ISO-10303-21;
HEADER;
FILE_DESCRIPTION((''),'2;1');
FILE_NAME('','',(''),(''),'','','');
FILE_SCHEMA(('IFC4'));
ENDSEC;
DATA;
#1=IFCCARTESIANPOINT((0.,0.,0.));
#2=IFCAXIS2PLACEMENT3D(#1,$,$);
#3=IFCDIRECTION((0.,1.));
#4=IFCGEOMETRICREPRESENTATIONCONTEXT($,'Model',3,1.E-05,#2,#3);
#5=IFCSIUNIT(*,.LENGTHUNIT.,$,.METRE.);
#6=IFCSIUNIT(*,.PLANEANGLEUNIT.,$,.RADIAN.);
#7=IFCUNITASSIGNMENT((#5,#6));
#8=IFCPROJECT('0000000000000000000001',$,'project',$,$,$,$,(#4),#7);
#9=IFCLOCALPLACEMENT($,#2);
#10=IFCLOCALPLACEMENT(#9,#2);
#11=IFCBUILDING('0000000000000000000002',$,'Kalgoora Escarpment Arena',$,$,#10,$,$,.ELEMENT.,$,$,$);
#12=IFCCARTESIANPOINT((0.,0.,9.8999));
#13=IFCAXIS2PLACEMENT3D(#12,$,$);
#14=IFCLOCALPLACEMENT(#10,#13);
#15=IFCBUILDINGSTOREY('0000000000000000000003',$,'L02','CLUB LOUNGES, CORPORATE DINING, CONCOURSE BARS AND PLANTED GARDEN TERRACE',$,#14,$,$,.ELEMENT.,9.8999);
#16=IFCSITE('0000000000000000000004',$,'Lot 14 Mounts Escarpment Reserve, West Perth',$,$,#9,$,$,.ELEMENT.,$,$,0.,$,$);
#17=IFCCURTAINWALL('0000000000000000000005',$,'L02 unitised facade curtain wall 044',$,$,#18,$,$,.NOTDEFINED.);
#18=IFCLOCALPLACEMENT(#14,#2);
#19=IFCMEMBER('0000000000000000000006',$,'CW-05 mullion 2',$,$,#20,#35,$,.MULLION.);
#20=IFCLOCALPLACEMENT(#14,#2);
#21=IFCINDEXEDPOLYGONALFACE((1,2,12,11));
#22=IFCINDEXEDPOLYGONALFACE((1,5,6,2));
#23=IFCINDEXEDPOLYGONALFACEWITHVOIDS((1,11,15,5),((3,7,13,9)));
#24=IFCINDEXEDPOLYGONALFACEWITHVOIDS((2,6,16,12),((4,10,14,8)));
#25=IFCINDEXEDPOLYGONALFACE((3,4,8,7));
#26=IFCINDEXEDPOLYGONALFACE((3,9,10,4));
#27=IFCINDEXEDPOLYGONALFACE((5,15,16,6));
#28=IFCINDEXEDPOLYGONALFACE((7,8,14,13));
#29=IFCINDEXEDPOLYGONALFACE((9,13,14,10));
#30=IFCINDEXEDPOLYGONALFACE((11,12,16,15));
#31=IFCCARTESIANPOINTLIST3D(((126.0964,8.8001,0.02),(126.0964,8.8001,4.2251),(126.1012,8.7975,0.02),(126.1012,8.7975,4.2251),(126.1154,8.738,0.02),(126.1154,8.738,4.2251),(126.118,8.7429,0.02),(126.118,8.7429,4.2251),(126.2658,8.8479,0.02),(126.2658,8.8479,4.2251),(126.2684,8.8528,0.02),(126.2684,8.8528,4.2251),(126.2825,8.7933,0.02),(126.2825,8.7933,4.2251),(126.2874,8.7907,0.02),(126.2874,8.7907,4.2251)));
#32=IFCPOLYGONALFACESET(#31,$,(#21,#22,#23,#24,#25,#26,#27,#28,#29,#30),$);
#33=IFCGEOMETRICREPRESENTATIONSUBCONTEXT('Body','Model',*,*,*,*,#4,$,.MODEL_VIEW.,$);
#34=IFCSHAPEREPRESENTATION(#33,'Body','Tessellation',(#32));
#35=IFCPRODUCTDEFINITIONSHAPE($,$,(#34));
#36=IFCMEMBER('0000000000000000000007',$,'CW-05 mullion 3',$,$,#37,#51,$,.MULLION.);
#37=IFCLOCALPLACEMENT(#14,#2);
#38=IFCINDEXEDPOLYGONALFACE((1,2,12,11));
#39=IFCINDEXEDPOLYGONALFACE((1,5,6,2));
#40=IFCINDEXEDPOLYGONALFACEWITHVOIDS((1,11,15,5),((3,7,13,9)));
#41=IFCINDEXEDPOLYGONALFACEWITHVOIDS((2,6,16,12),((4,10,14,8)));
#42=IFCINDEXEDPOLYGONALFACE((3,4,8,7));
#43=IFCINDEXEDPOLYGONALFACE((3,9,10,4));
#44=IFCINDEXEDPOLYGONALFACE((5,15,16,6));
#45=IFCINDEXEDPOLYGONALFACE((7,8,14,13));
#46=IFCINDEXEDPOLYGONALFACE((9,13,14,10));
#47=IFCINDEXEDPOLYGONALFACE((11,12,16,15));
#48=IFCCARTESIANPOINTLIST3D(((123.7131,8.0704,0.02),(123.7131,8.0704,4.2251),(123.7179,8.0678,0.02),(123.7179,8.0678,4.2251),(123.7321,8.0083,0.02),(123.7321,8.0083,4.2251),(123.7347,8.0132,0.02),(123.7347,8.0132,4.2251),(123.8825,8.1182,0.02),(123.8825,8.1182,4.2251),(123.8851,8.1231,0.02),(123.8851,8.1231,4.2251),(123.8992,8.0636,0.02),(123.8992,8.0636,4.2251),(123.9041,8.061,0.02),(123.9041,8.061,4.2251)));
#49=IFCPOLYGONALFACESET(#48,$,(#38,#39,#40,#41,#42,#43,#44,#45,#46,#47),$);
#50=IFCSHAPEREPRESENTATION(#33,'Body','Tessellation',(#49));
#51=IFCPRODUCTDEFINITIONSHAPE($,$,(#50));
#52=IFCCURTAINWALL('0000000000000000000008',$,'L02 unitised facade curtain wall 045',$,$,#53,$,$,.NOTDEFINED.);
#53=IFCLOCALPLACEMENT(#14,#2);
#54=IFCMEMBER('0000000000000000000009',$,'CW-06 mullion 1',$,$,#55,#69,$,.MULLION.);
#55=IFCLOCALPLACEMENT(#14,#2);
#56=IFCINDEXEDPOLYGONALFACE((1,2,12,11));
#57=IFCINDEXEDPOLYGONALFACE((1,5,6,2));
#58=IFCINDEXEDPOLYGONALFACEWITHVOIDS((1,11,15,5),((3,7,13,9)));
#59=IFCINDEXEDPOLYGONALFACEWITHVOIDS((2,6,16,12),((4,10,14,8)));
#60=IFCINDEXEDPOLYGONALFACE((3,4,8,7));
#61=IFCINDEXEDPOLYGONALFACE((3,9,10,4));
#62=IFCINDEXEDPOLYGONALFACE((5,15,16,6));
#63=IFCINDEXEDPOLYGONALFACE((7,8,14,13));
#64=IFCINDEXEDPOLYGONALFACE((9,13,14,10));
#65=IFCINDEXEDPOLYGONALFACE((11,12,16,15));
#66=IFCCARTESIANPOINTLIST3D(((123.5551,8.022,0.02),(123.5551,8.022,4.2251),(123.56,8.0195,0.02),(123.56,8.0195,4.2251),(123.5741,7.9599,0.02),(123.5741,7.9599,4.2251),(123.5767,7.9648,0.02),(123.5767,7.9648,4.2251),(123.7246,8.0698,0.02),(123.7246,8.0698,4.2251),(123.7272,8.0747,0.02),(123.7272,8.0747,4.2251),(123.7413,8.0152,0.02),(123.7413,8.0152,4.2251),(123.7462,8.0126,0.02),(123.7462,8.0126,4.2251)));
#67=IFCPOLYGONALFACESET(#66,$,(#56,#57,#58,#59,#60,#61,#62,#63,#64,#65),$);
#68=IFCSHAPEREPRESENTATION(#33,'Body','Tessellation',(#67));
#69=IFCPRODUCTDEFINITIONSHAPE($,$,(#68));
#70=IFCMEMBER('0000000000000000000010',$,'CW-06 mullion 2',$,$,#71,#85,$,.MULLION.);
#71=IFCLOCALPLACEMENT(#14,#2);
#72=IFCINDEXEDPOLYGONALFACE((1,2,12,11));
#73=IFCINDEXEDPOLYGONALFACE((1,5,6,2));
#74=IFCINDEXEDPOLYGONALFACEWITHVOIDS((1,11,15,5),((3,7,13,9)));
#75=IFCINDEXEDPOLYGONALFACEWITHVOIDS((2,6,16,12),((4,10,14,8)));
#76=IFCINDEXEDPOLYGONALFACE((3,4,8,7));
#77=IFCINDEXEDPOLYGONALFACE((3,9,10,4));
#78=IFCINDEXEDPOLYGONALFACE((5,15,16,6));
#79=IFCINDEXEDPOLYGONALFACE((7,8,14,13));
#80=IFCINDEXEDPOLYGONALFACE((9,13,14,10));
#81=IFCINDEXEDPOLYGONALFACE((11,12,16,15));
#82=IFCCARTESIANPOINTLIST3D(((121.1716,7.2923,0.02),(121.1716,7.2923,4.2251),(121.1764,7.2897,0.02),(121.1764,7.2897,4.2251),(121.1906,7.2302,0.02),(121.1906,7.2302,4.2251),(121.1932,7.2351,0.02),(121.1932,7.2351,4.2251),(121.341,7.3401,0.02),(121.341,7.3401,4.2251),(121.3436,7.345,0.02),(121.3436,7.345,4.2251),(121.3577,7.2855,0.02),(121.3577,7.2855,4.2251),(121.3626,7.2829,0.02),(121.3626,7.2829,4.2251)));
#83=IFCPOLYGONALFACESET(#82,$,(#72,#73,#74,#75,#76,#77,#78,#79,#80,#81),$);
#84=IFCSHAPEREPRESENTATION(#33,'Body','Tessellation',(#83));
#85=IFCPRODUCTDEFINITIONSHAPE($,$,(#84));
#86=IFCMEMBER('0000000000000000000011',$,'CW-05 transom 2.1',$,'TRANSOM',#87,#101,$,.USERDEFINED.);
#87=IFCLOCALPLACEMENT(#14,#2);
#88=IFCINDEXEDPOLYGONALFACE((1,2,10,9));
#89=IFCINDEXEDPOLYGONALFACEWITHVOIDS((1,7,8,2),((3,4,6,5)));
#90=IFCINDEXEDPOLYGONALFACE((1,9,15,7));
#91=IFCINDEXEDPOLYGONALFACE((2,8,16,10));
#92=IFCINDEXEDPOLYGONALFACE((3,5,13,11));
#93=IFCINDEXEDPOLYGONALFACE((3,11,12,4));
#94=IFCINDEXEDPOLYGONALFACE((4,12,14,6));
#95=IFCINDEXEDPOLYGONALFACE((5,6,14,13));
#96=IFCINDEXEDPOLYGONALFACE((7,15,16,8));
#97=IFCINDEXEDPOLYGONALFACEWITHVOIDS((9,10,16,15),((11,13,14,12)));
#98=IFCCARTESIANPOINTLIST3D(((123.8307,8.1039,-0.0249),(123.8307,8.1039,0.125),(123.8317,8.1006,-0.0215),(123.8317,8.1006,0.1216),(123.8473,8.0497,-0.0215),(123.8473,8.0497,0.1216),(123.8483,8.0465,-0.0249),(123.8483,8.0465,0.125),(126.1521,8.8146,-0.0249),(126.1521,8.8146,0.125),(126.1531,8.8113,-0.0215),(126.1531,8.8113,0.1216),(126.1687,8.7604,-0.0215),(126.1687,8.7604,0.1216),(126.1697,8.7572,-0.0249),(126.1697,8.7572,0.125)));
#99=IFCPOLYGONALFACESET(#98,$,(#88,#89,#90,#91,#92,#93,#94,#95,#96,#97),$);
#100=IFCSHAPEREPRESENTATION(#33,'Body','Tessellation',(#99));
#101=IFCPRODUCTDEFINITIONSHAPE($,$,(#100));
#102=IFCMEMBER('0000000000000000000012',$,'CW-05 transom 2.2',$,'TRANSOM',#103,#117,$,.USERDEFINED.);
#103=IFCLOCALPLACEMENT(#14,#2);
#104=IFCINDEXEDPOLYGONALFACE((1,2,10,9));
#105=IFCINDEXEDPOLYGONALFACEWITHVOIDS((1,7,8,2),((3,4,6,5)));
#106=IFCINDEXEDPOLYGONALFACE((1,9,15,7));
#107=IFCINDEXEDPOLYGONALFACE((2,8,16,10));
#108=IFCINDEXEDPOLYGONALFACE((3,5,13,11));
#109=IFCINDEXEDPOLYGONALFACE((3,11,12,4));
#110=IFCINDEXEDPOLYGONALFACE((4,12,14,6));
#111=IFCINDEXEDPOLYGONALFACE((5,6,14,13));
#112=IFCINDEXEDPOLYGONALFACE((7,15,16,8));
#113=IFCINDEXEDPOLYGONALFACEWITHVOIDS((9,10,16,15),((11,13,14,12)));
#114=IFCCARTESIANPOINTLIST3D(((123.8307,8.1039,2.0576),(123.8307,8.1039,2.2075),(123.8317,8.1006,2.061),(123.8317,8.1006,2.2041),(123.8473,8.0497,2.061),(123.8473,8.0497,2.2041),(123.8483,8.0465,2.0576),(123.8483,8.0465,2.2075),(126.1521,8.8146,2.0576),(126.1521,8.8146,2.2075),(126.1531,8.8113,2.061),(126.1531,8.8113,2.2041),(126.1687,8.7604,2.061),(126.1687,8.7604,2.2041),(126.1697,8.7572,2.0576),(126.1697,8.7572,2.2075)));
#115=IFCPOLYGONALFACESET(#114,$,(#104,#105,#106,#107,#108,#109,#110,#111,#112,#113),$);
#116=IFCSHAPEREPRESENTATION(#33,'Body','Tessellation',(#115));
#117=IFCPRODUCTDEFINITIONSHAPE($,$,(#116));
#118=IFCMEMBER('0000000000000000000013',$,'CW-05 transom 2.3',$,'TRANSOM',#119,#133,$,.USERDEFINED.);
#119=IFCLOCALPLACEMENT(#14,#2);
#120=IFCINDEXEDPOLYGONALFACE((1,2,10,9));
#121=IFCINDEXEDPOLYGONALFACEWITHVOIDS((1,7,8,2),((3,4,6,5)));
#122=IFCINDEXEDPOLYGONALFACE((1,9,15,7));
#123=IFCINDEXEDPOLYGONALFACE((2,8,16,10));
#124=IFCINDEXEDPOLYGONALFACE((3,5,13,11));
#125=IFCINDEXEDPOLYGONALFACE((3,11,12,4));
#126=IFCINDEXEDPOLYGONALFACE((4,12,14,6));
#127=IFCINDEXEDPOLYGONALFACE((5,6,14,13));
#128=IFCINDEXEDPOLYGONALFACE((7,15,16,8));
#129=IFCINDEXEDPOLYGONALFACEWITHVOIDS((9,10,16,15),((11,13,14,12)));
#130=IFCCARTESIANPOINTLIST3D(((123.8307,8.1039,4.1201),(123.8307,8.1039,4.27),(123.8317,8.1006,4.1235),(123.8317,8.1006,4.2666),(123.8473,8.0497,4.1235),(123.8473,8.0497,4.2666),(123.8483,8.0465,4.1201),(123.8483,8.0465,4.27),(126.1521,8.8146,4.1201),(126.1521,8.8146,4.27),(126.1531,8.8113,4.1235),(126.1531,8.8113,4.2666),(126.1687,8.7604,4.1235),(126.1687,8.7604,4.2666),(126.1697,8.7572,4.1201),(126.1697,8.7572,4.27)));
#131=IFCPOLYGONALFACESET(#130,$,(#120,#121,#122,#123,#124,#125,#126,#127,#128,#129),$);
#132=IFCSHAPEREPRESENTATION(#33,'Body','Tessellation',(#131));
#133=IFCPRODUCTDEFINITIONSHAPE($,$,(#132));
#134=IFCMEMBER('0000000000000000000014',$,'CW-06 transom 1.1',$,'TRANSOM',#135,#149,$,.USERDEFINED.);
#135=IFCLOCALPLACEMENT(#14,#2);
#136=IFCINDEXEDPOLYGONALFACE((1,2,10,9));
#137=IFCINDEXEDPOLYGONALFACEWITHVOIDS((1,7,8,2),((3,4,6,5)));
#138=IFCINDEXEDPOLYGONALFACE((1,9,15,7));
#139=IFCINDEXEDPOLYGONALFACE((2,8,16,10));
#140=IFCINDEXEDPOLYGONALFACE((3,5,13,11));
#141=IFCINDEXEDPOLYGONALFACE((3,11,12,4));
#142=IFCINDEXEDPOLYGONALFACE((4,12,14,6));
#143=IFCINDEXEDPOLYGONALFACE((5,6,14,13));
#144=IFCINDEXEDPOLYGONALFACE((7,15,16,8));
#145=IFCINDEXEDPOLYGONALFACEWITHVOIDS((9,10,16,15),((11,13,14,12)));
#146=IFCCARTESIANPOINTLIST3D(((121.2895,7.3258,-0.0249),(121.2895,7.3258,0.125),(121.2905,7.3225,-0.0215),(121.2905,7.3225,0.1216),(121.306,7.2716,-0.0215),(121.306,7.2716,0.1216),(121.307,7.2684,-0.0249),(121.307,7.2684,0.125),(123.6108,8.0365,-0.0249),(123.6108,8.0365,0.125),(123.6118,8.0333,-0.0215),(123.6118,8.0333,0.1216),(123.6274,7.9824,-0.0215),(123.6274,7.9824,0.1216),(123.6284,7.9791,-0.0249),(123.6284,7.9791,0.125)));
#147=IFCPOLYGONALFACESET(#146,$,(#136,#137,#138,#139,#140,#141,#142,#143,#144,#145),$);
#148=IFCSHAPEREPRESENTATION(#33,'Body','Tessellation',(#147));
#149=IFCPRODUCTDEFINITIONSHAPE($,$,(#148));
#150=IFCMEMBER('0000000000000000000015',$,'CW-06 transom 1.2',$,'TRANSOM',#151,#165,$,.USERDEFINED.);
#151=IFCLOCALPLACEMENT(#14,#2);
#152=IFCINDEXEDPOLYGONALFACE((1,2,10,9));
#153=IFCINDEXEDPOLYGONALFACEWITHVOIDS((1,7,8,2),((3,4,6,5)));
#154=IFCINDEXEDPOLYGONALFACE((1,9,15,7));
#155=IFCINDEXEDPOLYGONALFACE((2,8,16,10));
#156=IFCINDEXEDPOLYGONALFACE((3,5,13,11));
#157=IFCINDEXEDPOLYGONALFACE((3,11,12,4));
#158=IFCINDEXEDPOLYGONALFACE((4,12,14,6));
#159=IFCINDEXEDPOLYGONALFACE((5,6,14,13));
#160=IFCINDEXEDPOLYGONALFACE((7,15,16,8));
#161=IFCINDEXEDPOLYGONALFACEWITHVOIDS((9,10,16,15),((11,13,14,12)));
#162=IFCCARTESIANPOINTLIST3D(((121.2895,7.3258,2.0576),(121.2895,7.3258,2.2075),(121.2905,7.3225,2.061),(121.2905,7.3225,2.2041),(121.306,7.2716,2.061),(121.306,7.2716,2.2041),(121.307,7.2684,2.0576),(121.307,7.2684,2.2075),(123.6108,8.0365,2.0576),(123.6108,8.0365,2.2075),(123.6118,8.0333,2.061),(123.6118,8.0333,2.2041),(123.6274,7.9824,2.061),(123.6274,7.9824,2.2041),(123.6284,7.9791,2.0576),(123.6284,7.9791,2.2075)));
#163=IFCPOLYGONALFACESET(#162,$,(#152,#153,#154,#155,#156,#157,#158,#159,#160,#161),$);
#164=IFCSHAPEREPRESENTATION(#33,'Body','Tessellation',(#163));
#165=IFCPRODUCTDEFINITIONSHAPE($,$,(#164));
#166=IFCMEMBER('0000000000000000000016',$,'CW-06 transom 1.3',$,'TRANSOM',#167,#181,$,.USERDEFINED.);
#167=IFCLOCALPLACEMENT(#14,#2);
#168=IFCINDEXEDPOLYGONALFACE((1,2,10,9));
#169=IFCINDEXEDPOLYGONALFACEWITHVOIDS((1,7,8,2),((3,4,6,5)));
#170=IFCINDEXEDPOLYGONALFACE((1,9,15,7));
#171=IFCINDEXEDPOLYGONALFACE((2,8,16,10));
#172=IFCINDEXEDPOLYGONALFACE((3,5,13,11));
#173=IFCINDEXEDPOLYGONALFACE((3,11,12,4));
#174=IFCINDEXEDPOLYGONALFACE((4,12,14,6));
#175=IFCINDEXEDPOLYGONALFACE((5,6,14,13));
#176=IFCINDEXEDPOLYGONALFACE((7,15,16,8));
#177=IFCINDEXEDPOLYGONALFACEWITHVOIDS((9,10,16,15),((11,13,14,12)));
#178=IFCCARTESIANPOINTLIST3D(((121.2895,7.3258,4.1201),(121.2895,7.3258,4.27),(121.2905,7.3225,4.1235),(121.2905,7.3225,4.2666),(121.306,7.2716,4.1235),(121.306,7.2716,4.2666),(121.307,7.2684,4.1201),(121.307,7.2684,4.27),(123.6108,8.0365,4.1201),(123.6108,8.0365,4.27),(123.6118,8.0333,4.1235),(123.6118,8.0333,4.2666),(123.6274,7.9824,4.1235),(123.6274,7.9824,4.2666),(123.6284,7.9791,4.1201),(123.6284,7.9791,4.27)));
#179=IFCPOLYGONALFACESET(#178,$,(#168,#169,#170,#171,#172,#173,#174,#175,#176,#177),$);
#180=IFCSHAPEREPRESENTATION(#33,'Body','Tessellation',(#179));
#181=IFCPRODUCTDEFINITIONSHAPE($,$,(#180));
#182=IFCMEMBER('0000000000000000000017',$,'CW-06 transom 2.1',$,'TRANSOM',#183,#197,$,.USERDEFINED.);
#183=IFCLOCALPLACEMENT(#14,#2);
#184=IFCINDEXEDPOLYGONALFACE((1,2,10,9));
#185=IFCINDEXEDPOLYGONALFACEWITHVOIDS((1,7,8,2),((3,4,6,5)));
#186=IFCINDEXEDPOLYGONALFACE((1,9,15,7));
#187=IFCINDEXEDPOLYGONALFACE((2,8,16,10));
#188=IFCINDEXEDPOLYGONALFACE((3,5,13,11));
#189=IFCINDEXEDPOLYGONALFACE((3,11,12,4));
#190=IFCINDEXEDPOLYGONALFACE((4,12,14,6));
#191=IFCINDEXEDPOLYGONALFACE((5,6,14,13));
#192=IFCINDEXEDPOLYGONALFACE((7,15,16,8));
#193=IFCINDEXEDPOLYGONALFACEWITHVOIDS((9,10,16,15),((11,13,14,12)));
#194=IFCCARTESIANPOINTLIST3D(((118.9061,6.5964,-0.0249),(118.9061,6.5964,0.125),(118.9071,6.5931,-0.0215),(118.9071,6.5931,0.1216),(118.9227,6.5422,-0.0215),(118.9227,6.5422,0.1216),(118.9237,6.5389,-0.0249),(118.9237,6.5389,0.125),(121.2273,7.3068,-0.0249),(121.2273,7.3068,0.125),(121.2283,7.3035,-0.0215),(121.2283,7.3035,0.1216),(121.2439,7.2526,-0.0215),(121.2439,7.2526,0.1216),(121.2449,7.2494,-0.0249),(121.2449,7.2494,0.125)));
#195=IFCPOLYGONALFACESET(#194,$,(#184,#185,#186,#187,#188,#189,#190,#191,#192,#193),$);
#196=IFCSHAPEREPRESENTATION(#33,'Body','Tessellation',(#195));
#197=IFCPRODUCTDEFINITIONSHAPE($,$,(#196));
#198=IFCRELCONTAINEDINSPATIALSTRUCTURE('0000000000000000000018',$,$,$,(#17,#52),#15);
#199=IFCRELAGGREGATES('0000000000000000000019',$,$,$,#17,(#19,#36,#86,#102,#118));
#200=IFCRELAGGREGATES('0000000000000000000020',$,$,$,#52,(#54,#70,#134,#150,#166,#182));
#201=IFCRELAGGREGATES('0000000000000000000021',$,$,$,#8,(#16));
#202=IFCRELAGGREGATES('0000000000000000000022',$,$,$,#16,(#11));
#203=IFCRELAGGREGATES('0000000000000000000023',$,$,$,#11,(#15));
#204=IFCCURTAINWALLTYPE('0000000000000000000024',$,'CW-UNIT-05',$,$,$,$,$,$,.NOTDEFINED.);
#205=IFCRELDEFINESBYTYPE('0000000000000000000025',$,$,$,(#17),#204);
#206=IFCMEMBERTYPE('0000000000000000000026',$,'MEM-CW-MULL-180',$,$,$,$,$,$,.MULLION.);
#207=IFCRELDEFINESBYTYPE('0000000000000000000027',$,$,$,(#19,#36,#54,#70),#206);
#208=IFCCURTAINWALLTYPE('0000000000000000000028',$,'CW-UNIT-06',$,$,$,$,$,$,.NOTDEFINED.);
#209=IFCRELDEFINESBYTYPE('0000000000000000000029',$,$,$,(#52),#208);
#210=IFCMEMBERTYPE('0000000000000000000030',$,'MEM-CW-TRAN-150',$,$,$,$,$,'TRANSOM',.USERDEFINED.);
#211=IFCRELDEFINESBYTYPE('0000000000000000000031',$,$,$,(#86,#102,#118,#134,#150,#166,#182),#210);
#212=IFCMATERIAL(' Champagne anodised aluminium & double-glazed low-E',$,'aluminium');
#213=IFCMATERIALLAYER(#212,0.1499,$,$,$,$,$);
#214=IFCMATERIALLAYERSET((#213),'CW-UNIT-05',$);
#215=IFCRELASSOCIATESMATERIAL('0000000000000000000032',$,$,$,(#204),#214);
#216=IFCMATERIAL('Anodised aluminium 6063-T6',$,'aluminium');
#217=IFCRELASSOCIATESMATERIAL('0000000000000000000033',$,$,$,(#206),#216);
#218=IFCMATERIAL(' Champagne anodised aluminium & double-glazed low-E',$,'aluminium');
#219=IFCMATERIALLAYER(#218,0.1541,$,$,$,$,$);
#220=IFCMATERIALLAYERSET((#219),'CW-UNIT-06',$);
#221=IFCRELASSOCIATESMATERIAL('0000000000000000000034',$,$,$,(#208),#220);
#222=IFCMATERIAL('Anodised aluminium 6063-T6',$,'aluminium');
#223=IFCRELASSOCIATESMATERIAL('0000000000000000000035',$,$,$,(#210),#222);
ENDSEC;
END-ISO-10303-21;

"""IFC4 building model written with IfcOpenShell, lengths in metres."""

from ifc_helpers import new_model, si_unit, direction, frame, origin, origin_2d, place, context, subcontext, project, spatial, hollow_rectangle, extrude, material, layer, layer_set, material_profile, profile_set, type_object, element, aggregate, save


model = new_model("IFC4")

# Units and contexts
model_context = context("Model", 3, precision=1e-05, world=origin(), true_north=direction((0.0, 1.0)))
body_context = subcontext(model_context, "Body", "Model", "MODEL_VIEW")
ifc_project = project(units=[si_unit("LENGTHUNIT", "METRE"), si_unit("PLANEANGLEUNIT", "RADIAN")], contexts=[model_context])

# Site, building, storey
site_placement = place(None, origin())
site = spatial("IfcSite", under=ifc_project, at=site_placement, Name="Lot 14 Mounts Escarpment Reserve, West Perth", CompositionType="ELEMENT", RefElevation=0.0)
building_placement = place(site_placement, origin())
building = spatial("IfcBuilding", under=site, at=building_placement, Name="Kalgoora Escarpment Arena", CompositionType="ELEMENT")
storey_placement = place(building_placement, frame((0.0, 0.0, 9.8999)))
storey = spatial("IfcBuildingStorey", under=building, at=storey_placement, Name="L02", Description="CLUB LOUNGES, CORPORATE DINING, CONCOURSE BARS AND PLANTED GARDEN TERRACE", CompositionType="ELEMENT", Elevation=9.8999)

# Curtain walls, members
ifc_material_1 = material(Name=" Champagne anodised aluminium & double-glazed low-E", Category="aluminium")
ifc_layer_1 = layer(ifc_material_1, 0.1499)
ifc_layer_set_1 = layer_set([ifc_layer_1], Name="CW-UNIT-05")
curtain_wall_type_1 = type_object("IfcCurtainWallType", Name="CW-UNIT-05", PredefinedType="NOTDEFINED", material=ifc_layer_set_1)
curtain_wall_1_placement = place(storey_placement, origin())
curtain_wall_1 = element("IfcCurtainWall", 1, at=curtain_wall_1_placement, inside=storey, type_object=curtain_wall_type_1, Name="L02 unitised facade curtain wall 044", PredefinedType="NOTDEFINED")
ifc_material_2 = material(Name="Anodised aluminium 6063-T6", Category="aluminium")
ifc_material_profile_1 = material_profile(ifc_material_2, hollow_rectangle(XDim=0.0649, YDim=0.1799, WallThickness=0.0039, at=origin_2d()))
ifc_profile_set_1 = profile_set([ifc_material_profile_1], Name="Anodised aluminium 6063-T6")
member_type_1 = type_object("IfcMemberType", Name="MEM-CW-MULL-180", PredefinedType="MULLION", material=ifc_profile_set_1)
member_1_placement = place(storey_placement, frame((126.1919, 8.7954, 0.02), z_axis=(0.0, 0.0, 1.0), x_axis=(0.292751, -0.956189, 0.0)))
member_1 = element("IfcMember", 2, at=member_1_placement, type_object=member_type_1, Name="CW-05 mullion 2", PredefinedType="MULLION", context=body_context, shape_type="SweptSolid", body=[
    extrude(hollow_rectangle(XDim=0.0649, YDim=0.1799, WallThickness=0.0039, at=origin_2d()), origin(), (0.0, 0.0, 1.0), 4.2051),
])
member_2_placement = place(storey_placement, frame((123.8086, 8.0657, 0.02), z_axis=(0.0, 0.0, 1.0), x_axis=(0.292751, -0.956189, 0.0)))
member_2 = element("IfcMember", 3, at=member_2_placement, type_object=member_type_1, Name="CW-05 mullion 3", PredefinedType="MULLION", context=body_context, shape_type="SweptSolid", body=[
    extrude(hollow_rectangle(XDim=0.0649, YDim=0.1799, WallThickness=0.0039, at=origin_2d()), origin(), (0.0, 0.0, 1.0), 4.2051),
])
ifc_material_3 = material(Name=" Champagne anodised aluminium & double-glazed low-E", Category="aluminium")
ifc_layer_2 = layer(ifc_material_3, 0.1541)
ifc_layer_set_2 = layer_set([ifc_layer_2], Name="CW-UNIT-06")
curtain_wall_type_2 = type_object("IfcCurtainWallType", Name="CW-UNIT-06", PredefinedType="NOTDEFINED", material=ifc_layer_set_2)
curtain_wall_2_placement = place(storey_placement, origin())
curtain_wall_2 = element("IfcCurtainWall", 4, at=curtain_wall_2_placement, inside=storey, type_object=curtain_wall_type_2, Name="L02 unitised facade curtain wall 045", PredefinedType="NOTDEFINED")
member_3_placement = place(storey_placement, frame((123.6506, 8.0173, 0.02), z_axis=(0.0, 0.0, 1.0), x_axis=(0.292733, -0.956194, 0.0)))
member_3 = element("IfcMember", 5, at=member_3_placement, type_object=member_type_1, Name="CW-06 mullion 1", PredefinedType="MULLION", context=body_context, shape_type="SweptSolid", body=[
    extrude(hollow_rectangle(XDim=0.0649, YDim=0.1799, WallThickness=0.0039, at=origin_2d()), origin(), (0.0, 0.0, 1.0), 4.2051),
])
member_4_placement = place(storey_placement, frame((121.2671, 7.2876, 0.02), z_axis=(0.0, 0.0, 1.0), x_axis=(0.292733, -0.956194, 0.0)))
member_4 = element("IfcMember", 6, at=member_4_placement, type_object=member_type_1, Name="CW-06 mullion 2", PredefinedType="MULLION", context=body_context, shape_type="SweptSolid", body=[
    extrude(hollow_rectangle(XDim=0.0649, YDim=0.1799, WallThickness=0.0039, at=origin_2d()), origin(), (0.0, 0.0, 1.0), 4.2051),
])

# Members
ifc_material_4 = material(Name="Anodised aluminium 6063-T6", Category="aluminium")
ifc_material_profile_2 = material_profile(ifc_material_4, hollow_rectangle(XDim=0.0601, YDim=0.1499, WallThickness=0.0034, at=origin_2d()))
ifc_profile_set_2 = profile_set([ifc_material_profile_2], Name="Anodised aluminium 6063-T6")
member_type_2 = type_object("IfcMemberType", Name="MEM-CW-TRAN-150", ElementType="TRANSOM", PredefinedType="USERDEFINED", material=ifc_profile_set_2)
member_5_placement = place(storey_placement, frame((126.1609, 8.7859, 0.05), z_axis=(-0.956189, -0.29275, 0.0), x_axis=(0.29275, -0.956189, 0.0)))
member_5 = element("IfcMember", 7, at=member_5_placement, type_object=member_type_2, Name="CW-05 transom 2.1", ObjectType="TRANSOM", PredefinedType="USERDEFINED", context=body_context, shape_type="SweptSolid", body=[
    extrude(hollow_rectangle(XDim=0.0601, YDim=0.1499, WallThickness=0.0034, at=origin_2d()), origin(), (0.0, 0.0, 1.0), 2.4277),
])
member_6_placement = place(storey_placement, frame((126.1609, 8.7859, 2.1326), z_axis=(-0.956189, -0.29275, 0.0), x_axis=(0.29275, -0.956189, 0.0)))
member_6 = element("IfcMember", 8, at=member_6_placement, type_object=member_type_2, Name="CW-05 transom 2.2", ObjectType="TRANSOM", PredefinedType="USERDEFINED", context=body_context, shape_type="SweptSolid", body=[
    extrude(hollow_rectangle(XDim=0.0601, YDim=0.1499, WallThickness=0.0034, at=origin_2d()), origin(), (0.0, 0.0, 1.0), 2.4277),
])
member_7_placement = place(storey_placement, frame((126.1609, 8.7859, 4.1951), z_axis=(-0.956189, -0.29275, 0.0), x_axis=(0.29275, -0.956189, 0.0)))
member_7 = element("IfcMember", 9, at=member_7_placement, type_object=member_type_2, Name="CW-05 transom 2.3", ObjectType="TRANSOM", PredefinedType="USERDEFINED", context=body_context, shape_type="SweptSolid", body=[
    extrude(hollow_rectangle(XDim=0.0601, YDim=0.1499, WallThickness=0.0034, at=origin_2d()), origin(), (0.0, 0.0, 1.0), 2.4277),
])
member_8_placement = place(storey_placement, frame((123.6196, 8.0078, 0.05), z_axis=(-0.956189, -0.29275, 0.0), x_axis=(0.29275, -0.956189, 0.0)))
member_8 = element("IfcMember", 10, at=member_8_placement, type_object=member_type_2, Name="CW-06 transom 1.1", ObjectType="TRANSOM", PredefinedType="USERDEFINED", context=body_context, shape_type="SweptSolid", body=[
    extrude(hollow_rectangle(XDim=0.0601, YDim=0.1499, WallThickness=0.0034, at=origin_2d()), origin(), (0.0, 0.0, 1.0), 2.4277),
])
member_9_placement = place(storey_placement, frame((123.6196, 8.0078, 2.1326), z_axis=(-0.956189, -0.29275, 0.0), x_axis=(0.29275, -0.956189, 0.0)))
member_9 = element("IfcMember", 11, at=member_9_placement, type_object=member_type_2, Name="CW-06 transom 1.2", ObjectType="TRANSOM", PredefinedType="USERDEFINED", context=body_context, shape_type="SweptSolid", body=[
    extrude(hollow_rectangle(XDim=0.0601, YDim=0.1499, WallThickness=0.0034, at=origin_2d()), origin(), (0.0, 0.0, 1.0), 2.4277),
])
member_10_placement = place(storey_placement, frame((123.6196, 8.0078, 4.1951), z_axis=(-0.956189, -0.29275, 0.0), x_axis=(0.29275, -0.956189, 0.0)))
member_10 = element("IfcMember", 12, at=member_10_placement, type_object=member_type_2, Name="CW-06 transom 1.3", ObjectType="TRANSOM", PredefinedType="USERDEFINED", context=body_context, shape_type="SweptSolid", body=[
    extrude(hollow_rectangle(XDim=0.0601, YDim=0.1499, WallThickness=0.0034, at=origin_2d()), origin(), (0.0, 0.0, 1.0), 2.4277),
])
member_11_placement = place(storey_placement, frame((121.2361, 7.2781, 0.05), z_axis=(-0.956217, -0.292658, 0.0), x_axis=(0.292658, -0.956217, 0.0)))
member_11 = element("IfcMember", 13, at=member_11_placement, type_object=member_type_2, Name="CW-06 transom 2.1", ObjectType="TRANSOM", PredefinedType="USERDEFINED", context=body_context, shape_type="SweptSolid", body=[
    extrude(hollow_rectangle(XDim=0.0601, YDim=0.1499, WallThickness=0.0034, at=origin_2d()), origin(), (0.0, 0.0, 1.0), 2.4275),
])

aggregate(curtain_wall_1, [member_1, member_2, member_5, member_6, member_7])
aggregate(curtain_wall_2, [member_3, member_4, member_8, member_9, member_10, member_11])

save(model, "model.ifc")
